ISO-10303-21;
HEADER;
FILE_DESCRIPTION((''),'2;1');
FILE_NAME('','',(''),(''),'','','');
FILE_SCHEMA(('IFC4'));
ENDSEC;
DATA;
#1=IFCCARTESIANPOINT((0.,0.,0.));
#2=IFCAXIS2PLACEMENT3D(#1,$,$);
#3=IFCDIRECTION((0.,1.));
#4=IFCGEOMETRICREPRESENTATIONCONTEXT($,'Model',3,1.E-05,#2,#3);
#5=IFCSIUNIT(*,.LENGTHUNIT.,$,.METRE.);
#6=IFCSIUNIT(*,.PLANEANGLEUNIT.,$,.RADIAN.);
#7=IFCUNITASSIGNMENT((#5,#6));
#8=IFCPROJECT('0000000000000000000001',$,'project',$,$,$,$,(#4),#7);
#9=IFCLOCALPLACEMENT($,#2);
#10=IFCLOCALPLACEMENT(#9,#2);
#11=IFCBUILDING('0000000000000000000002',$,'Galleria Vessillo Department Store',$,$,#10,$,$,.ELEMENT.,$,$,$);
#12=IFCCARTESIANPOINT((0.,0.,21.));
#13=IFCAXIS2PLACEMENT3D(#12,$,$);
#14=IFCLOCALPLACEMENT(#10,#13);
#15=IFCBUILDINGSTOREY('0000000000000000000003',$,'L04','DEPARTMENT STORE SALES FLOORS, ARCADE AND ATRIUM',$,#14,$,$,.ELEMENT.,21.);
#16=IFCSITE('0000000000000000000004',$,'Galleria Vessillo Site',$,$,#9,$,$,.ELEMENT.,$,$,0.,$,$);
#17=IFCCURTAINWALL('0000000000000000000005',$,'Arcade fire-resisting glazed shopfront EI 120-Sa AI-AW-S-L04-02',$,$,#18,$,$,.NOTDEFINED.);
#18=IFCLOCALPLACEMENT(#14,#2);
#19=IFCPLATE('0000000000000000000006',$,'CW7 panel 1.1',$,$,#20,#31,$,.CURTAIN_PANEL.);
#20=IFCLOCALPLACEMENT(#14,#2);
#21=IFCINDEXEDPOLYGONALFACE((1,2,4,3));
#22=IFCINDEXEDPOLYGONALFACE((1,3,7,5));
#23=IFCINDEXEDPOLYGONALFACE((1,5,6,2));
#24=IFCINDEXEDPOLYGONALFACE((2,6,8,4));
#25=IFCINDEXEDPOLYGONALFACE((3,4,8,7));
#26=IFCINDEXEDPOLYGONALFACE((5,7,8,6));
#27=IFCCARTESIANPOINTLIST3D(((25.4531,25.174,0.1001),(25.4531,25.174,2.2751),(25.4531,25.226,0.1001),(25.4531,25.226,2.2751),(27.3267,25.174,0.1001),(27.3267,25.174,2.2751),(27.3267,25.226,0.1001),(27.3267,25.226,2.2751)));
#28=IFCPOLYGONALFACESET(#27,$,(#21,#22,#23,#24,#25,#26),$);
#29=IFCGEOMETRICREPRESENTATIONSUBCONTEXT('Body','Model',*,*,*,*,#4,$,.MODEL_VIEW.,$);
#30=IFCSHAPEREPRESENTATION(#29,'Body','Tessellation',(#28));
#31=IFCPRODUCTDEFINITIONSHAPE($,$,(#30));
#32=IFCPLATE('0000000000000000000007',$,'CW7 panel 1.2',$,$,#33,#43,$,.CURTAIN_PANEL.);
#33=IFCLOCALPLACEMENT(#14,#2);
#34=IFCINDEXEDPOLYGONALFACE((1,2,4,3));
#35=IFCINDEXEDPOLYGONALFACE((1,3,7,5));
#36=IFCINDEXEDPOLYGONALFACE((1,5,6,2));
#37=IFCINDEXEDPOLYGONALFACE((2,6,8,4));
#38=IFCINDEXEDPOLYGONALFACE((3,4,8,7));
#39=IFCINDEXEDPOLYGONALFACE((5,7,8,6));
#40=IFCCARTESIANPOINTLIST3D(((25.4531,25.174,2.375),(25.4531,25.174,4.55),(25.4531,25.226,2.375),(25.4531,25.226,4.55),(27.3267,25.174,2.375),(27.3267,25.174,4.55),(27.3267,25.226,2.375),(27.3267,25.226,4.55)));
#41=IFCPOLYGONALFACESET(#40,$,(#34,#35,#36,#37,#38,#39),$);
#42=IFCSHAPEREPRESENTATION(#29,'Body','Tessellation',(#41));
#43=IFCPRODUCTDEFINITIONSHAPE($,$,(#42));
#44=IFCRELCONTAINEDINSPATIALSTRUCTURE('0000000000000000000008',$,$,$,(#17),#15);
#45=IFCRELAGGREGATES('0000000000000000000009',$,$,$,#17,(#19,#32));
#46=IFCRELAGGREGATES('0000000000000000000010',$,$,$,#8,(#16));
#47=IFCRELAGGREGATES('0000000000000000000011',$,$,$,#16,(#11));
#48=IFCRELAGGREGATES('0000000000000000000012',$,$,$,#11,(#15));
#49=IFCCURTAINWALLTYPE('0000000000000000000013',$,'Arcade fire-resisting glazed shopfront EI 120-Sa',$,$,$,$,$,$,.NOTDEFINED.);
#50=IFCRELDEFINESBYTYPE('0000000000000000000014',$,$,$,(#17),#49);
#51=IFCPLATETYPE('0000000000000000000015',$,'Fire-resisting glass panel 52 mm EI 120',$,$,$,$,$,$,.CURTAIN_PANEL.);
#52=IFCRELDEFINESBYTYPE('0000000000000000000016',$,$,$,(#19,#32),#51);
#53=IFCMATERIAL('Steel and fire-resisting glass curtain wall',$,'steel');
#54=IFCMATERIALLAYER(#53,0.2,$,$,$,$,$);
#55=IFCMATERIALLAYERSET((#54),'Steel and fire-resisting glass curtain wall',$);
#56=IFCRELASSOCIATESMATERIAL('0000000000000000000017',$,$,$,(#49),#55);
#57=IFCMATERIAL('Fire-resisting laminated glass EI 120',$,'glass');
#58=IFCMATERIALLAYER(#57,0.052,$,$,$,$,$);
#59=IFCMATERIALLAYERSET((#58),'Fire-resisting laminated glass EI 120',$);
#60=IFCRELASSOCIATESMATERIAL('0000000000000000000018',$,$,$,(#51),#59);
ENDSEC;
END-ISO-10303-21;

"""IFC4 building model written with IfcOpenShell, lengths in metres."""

from ifc_helpers import new_model, si_unit, direction, frame, origin, origin_2d, place, context, subcontext, project, spatial, rectangle, extrude, material, layer, layer_set, type_object, element, aggregate, save


model = new_model("IFC4")

# Units and contexts
model_context = context("Model", 3, precision=1e-05, world=origin(), true_north=direction((0.0, 1.0)))
body_context = subcontext(model_context, "Body", "Model", "MODEL_VIEW")
ifc_project = project(units=[si_unit("LENGTHUNIT", "METRE"), si_unit("PLANEANGLEUNIT", "RADIAN")], contexts=[model_context])

# Site, building, storey
site_placement = place(None, origin())
site = spatial("IfcSite", under=ifc_project, at=site_placement, Name="Galleria Vessillo Site", CompositionType="ELEMENT", RefElevation=0.0)
building_placement = place(site_placement, origin())
building = spatial("IfcBuilding", under=site, at=building_placement, Name="Galleria Vessillo Department Store", CompositionType="ELEMENT")
storey_placement = place(building_placement, frame((0.0, 0.0, 21.0)))
storey = spatial("IfcBuildingStorey", under=building, at=storey_placement, Name="L04", Description="DEPARTMENT STORE SALES FLOORS, ARCADE AND ATRIUM", CompositionType="ELEMENT", Elevation=21.0)

# Curtain wall
ifc_material_1 = material(Name="Steel and fire-resisting glass curtain wall", Category="steel")
ifc_layer_1 = layer(ifc_material_1, 0.2)
ifc_layer_set_1 = layer_set([ifc_layer_1], Name="Steel and fire-resisting glass curtain wall")
curtain_wall_type = type_object("IfcCurtainWallType", Name="Arcade fire-resisting glazed shopfront EI 120-Sa", PredefinedType="NOTDEFINED", material=ifc_layer_set_1)
curtain_wall_1_placement = place(storey_placement, origin())
curtain_wall_1 = element("IfcCurtainWall", 1, at=curtain_wall_1_placement, inside=storey, type_object=curtain_wall_type, Name="Arcade fire-resisting glazed shopfront EI 120-Sa AI-AW-S-L04-02", PredefinedType="NOTDEFINED")

# Plates
ifc_material_2 = material(Name="Fire-resisting laminated glass EI 120", Category="glass")
ifc_layer_2 = layer(ifc_material_2, 0.052)
ifc_layer_set_2 = layer_set([ifc_layer_2], Name="Fire-resisting laminated glass EI 120")
plate_type = type_object("IfcPlateType", Name="Fire-resisting glass panel 52 mm EI 120", PredefinedType="CURTAIN_PANEL", material=ifc_layer_set_2)
plate_1_placement = place(storey_placement, frame((26.3899, 25.2, 0.1001), z_axis=(0.0, 0.0, 1.0), x_axis=(1.0, 0.0, 0.0)))
plate_1 = element("IfcPlate", 2, at=plate_1_placement, type_object=plate_type, Name="CW7 panel 1.1", PredefinedType="CURTAIN_PANEL", context=body_context, shape_type="SweptSolid", body=[
    extrude(rectangle(XDim=1.8735, YDim=0.052, at=origin_2d()), origin(), (0.0, 0.0, 1.0), 2.175),
])
plate_2_placement = place(storey_placement, frame((26.3899, 25.2, 2.375), z_axis=(0.0, 0.0, 1.0), x_axis=(1.0, 0.0, 0.0)))
plate_2 = element("IfcPlate", 3, at=plate_2_placement, type_object=plate_type, Name="CW7 panel 1.2", PredefinedType="CURTAIN_PANEL", context=body_context, shape_type="SweptSolid", body=[
    extrude(rectangle(XDim=1.8735, YDim=0.052, at=origin_2d()), origin(), (0.0, 0.0, 1.0), 2.175),
])
aggregate(curtain_wall_1, [plate_1, plate_2])

save(model, "model.ifc")
